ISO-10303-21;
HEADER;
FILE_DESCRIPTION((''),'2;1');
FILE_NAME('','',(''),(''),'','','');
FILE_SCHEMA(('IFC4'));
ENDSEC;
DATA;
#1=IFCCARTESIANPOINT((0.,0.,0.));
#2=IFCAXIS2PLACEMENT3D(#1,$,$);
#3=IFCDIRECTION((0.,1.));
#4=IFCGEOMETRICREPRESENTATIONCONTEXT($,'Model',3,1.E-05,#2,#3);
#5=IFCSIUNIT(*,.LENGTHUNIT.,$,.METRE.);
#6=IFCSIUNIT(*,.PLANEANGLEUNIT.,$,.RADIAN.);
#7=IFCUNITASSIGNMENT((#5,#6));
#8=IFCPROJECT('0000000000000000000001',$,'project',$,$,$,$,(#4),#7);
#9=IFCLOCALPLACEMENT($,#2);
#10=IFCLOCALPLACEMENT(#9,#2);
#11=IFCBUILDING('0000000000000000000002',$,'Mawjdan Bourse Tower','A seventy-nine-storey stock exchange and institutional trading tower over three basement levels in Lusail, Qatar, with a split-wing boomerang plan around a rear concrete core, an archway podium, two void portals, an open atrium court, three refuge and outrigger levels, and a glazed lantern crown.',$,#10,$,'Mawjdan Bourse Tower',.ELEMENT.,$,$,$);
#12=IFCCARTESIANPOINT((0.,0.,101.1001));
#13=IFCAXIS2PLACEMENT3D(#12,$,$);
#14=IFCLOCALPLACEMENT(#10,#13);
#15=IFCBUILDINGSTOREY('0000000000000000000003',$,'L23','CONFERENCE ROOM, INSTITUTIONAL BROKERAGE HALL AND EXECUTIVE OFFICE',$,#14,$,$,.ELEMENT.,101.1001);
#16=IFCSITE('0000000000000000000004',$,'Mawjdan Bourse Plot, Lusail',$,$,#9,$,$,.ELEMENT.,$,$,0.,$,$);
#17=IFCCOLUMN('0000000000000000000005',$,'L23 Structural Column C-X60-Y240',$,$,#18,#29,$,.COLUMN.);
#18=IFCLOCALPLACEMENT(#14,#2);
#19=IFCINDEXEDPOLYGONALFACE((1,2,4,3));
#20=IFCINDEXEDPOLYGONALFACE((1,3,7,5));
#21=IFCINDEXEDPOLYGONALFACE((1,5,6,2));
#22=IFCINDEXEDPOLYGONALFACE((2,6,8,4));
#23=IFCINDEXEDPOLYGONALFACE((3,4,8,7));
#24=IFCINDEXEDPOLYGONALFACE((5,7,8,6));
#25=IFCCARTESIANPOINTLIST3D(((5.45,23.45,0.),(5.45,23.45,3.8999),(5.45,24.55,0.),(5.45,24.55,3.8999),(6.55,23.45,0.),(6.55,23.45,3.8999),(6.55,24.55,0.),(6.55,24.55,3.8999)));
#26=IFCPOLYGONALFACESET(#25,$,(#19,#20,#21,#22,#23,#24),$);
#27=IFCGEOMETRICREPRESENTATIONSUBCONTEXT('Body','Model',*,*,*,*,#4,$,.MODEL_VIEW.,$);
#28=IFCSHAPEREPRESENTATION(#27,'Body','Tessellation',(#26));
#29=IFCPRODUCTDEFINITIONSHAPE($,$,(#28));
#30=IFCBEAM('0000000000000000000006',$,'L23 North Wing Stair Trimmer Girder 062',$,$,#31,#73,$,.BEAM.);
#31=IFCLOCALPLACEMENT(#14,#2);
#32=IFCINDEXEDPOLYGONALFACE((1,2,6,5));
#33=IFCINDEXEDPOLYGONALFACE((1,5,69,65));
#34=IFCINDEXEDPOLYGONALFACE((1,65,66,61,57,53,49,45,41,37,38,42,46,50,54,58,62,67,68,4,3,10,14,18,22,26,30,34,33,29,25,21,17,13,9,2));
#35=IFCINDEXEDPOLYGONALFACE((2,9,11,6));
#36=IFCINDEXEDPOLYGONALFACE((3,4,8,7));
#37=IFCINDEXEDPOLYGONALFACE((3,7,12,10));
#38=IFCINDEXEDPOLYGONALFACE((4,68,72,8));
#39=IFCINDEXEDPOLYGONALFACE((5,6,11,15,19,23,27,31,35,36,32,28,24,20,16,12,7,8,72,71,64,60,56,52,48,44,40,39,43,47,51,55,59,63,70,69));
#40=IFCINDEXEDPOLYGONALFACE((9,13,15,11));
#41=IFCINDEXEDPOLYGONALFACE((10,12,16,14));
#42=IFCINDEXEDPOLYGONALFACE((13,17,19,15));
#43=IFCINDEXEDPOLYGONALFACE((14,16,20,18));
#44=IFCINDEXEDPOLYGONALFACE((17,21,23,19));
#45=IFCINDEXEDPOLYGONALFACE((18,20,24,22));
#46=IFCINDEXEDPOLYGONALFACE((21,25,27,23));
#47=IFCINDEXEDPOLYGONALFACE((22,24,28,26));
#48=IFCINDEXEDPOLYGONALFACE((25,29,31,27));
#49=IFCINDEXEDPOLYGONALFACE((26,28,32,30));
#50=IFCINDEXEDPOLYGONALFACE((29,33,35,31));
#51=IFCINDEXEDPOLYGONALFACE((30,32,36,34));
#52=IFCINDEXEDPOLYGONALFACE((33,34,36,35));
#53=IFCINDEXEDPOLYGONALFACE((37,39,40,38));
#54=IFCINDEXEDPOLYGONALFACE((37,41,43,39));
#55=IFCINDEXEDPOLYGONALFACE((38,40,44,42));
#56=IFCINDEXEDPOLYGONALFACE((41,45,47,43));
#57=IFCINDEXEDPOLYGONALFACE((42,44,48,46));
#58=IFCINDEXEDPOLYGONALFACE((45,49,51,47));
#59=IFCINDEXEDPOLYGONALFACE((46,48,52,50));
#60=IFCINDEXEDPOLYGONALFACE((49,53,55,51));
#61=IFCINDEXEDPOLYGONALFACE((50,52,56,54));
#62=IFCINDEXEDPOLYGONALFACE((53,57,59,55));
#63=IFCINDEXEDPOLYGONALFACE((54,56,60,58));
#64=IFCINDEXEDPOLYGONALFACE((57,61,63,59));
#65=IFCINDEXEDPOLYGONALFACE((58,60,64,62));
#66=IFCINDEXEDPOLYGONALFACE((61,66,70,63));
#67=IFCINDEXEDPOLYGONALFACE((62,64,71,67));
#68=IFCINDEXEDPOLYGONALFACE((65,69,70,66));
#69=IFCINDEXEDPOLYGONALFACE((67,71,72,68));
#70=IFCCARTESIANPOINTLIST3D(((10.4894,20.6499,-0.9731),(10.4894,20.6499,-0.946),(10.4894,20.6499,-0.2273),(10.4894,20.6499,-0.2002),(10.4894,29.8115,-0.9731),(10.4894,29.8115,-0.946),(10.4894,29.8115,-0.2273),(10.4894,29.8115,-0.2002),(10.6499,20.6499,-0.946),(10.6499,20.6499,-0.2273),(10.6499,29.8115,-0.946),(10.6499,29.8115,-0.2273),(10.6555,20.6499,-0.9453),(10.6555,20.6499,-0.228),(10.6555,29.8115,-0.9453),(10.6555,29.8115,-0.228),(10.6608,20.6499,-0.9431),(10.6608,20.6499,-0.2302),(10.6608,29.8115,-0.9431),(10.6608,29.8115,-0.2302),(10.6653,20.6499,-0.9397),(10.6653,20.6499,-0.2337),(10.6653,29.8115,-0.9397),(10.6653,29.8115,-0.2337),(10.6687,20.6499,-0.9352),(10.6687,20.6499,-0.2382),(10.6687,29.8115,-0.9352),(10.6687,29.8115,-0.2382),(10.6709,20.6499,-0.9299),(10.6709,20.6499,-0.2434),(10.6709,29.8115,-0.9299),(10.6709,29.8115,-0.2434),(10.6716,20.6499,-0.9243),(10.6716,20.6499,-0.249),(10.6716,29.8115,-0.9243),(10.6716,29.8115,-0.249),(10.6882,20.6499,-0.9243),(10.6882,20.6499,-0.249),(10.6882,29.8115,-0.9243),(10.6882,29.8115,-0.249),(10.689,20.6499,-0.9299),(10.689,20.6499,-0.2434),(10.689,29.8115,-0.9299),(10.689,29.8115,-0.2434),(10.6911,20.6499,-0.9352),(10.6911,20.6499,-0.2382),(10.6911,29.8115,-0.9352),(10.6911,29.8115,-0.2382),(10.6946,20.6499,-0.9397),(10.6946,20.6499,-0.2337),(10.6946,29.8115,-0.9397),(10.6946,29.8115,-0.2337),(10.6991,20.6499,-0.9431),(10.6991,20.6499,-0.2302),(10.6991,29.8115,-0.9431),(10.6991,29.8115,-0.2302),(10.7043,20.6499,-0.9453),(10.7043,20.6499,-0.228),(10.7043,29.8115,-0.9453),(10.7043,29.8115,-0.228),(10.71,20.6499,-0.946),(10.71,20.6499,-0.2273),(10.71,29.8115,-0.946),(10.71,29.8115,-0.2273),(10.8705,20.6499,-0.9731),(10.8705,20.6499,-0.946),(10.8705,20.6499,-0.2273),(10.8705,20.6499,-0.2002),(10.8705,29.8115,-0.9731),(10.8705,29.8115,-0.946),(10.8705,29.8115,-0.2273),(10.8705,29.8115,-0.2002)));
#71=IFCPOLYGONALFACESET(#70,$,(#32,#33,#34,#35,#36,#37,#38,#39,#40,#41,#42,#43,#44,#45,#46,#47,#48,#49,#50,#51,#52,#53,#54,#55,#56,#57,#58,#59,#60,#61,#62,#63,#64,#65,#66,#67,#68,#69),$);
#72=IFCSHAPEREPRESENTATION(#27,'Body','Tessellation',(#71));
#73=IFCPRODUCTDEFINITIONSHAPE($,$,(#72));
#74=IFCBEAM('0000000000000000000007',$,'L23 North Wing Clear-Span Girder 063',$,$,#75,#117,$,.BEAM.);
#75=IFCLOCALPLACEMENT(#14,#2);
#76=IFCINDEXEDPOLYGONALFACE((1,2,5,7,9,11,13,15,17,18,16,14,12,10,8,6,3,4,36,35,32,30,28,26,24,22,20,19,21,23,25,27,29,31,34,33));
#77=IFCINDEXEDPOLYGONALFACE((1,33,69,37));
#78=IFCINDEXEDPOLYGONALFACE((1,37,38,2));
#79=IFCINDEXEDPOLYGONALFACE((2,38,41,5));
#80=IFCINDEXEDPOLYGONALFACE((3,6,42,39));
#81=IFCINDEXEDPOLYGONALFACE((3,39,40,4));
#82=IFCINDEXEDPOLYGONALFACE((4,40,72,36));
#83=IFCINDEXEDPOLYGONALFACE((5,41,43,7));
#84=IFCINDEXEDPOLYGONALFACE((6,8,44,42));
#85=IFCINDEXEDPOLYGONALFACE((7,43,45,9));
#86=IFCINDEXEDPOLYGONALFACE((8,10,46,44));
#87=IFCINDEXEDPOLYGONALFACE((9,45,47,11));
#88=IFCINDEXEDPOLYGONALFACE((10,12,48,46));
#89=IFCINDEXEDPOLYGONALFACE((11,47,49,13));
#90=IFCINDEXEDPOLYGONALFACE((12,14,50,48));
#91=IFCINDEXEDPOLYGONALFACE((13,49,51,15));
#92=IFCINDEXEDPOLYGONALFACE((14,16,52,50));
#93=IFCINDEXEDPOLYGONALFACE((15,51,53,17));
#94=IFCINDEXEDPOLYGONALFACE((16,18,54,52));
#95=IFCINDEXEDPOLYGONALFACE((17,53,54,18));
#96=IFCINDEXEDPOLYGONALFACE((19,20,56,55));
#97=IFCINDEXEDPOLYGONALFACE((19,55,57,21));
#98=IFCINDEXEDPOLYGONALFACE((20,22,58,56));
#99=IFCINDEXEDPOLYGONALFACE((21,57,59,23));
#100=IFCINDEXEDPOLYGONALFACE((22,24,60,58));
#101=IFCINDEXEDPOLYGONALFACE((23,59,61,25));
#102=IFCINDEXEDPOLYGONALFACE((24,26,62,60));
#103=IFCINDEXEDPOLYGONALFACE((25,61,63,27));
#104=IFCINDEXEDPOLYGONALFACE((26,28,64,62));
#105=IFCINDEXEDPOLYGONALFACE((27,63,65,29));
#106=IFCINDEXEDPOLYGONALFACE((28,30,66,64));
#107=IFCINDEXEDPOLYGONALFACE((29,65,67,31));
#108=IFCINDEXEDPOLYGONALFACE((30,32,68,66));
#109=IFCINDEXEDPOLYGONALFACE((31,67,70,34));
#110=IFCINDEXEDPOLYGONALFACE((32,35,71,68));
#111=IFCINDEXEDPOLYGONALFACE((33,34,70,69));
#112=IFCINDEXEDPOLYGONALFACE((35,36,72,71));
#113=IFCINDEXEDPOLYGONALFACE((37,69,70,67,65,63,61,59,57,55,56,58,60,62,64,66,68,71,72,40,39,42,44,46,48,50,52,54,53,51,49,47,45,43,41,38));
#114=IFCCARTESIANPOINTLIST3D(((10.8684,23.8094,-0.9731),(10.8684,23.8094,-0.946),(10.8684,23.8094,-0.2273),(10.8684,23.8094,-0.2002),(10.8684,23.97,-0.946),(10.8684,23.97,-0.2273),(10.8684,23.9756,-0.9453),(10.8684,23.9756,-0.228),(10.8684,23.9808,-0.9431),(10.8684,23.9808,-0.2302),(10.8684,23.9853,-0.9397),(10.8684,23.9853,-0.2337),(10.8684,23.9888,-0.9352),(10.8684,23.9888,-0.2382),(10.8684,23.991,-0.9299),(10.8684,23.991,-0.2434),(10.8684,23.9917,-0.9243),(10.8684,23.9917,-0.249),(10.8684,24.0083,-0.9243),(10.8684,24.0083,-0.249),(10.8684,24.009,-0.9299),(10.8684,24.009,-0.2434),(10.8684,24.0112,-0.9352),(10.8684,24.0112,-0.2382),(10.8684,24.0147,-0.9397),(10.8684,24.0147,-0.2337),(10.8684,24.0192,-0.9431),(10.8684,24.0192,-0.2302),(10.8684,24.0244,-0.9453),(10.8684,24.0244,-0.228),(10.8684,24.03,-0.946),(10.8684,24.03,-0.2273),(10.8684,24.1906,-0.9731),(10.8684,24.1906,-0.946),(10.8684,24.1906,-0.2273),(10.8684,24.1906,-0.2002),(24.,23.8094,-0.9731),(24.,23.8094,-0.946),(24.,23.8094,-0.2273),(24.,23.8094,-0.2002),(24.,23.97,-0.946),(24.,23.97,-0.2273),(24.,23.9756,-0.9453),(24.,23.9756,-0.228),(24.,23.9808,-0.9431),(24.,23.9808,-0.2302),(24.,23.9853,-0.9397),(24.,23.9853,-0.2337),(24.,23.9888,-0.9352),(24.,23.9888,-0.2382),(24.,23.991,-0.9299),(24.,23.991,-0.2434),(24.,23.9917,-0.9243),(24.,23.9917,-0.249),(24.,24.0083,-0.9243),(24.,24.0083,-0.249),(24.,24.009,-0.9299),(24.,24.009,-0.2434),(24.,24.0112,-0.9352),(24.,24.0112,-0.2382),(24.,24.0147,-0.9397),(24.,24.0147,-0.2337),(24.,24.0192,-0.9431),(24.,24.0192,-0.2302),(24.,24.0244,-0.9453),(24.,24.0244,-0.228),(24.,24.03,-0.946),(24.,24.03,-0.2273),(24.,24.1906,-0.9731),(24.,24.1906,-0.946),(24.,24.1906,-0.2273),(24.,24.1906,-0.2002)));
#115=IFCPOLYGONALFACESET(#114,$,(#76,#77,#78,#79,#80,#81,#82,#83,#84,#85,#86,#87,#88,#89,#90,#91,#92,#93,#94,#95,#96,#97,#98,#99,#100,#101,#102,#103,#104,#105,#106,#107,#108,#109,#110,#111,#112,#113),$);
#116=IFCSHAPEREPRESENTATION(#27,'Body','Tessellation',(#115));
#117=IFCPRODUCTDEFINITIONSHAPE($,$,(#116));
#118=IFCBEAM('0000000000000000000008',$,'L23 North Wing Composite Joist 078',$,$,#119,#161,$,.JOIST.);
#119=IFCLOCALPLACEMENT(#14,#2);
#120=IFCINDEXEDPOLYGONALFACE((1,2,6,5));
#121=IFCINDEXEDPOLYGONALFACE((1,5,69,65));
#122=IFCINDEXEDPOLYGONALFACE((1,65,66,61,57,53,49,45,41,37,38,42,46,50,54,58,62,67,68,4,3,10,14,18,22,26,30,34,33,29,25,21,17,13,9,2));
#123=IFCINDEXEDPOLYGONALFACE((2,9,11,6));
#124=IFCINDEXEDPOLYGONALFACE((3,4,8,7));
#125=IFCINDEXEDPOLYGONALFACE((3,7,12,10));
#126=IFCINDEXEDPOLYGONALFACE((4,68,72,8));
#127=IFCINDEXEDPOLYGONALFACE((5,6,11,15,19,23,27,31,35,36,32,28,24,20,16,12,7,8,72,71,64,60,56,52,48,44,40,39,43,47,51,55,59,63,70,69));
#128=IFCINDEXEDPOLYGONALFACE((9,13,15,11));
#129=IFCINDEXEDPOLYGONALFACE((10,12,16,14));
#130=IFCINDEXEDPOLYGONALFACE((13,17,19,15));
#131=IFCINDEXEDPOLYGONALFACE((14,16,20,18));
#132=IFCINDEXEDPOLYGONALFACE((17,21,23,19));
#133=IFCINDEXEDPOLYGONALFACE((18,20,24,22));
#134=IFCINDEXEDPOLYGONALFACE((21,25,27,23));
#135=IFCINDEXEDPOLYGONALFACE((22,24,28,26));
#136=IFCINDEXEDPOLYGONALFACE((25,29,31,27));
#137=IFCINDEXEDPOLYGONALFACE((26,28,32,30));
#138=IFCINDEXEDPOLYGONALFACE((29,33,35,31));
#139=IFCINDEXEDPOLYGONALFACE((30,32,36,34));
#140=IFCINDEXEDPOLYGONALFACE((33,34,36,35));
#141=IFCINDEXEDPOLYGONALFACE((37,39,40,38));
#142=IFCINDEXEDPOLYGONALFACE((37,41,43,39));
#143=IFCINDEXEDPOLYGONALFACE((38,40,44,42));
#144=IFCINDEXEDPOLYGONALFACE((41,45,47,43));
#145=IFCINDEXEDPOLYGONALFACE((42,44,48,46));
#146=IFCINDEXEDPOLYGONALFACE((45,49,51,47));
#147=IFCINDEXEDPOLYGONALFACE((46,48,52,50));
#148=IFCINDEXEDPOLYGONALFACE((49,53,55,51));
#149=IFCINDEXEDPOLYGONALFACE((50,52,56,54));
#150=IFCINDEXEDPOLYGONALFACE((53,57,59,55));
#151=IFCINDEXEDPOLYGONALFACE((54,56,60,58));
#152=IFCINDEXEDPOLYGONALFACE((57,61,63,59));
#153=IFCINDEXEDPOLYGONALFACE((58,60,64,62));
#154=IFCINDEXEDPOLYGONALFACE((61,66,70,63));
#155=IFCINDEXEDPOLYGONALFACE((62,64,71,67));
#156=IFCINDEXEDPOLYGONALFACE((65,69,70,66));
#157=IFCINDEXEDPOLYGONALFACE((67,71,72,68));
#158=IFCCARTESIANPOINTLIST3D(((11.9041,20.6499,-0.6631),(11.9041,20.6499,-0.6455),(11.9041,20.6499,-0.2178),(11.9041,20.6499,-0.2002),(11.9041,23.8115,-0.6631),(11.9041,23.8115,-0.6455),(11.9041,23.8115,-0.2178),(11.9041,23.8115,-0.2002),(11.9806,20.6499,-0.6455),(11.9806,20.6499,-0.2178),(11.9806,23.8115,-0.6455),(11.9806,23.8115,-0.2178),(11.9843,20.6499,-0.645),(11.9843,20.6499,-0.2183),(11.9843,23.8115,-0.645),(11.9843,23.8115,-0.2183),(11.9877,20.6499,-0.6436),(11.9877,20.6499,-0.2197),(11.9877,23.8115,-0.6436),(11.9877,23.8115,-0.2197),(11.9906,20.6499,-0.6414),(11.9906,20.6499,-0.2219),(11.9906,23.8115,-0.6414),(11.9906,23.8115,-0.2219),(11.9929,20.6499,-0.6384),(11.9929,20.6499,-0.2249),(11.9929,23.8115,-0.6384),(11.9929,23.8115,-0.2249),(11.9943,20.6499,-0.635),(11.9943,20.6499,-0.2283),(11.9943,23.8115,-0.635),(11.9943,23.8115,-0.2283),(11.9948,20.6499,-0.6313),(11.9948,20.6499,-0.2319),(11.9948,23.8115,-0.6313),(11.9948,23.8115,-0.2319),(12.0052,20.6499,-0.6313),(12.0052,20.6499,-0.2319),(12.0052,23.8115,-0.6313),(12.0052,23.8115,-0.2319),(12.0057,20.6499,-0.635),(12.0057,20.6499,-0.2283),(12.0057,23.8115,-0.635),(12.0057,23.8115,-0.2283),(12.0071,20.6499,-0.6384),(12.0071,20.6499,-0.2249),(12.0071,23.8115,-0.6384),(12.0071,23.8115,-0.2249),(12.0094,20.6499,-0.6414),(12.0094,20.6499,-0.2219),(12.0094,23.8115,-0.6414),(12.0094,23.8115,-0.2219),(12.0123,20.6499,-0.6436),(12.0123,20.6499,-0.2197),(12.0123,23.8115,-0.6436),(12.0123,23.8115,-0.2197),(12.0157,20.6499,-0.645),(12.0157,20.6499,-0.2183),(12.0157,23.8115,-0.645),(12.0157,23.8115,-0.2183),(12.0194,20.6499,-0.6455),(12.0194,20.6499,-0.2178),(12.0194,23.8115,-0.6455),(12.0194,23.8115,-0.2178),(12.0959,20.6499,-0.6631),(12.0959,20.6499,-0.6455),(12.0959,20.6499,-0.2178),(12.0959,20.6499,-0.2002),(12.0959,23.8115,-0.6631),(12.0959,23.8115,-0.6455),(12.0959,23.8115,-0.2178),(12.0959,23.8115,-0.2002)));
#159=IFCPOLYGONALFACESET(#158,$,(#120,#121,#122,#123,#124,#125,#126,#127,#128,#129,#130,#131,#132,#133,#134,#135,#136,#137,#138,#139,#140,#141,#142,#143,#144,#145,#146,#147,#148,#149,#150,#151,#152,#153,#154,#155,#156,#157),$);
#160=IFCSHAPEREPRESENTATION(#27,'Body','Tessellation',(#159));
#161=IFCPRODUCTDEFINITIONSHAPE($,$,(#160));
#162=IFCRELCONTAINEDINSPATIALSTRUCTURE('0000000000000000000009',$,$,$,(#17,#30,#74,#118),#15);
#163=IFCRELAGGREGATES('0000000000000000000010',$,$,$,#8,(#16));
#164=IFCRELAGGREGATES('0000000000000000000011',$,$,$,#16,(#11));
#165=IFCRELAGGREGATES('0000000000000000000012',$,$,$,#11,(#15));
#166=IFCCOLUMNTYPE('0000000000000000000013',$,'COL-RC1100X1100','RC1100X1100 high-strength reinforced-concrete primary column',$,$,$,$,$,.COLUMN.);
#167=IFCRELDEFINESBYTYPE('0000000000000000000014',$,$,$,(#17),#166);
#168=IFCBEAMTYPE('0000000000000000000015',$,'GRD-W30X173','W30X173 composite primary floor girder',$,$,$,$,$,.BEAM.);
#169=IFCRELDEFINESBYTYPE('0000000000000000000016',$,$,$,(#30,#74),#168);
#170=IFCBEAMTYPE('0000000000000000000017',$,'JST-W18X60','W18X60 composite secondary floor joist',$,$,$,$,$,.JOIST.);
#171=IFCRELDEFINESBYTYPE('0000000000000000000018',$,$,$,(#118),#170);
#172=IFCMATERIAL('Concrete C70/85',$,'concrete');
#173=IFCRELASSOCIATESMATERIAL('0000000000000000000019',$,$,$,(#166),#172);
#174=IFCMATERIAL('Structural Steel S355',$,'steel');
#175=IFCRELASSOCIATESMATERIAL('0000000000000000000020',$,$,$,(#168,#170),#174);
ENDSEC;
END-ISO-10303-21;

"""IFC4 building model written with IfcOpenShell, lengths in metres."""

from ifc_helpers import new_model, si_unit, direction, frame, origin, origin_2d, place, context, subcontext, project, spatial, rectangle, i_section, extrude, material, material_profile, profile_set, type_object, element, save


model = new_model("IFC4")

# Units and contexts
model_context = context("Model", 3, precision=1e-05, world=origin(), true_north=direction((0.0, 1.0)))
body_context = subcontext(model_context, "Body", "Model", "MODEL_VIEW")
ifc_project = project(units=[si_unit("LENGTHUNIT", "METRE"), si_unit("PLANEANGLEUNIT", "RADIAN")], contexts=[model_context])

# Site, building, storey
site_placement = place(None, origin())
site = spatial("IfcSite", under=ifc_project, at=site_placement, Name="Mawjdan Bourse Plot, Lusail", CompositionType="ELEMENT", RefElevation=0.0)
building_placement = place(site_placement, origin())
building = spatial("IfcBuilding", under=site, at=building_placement, Name="Mawjdan Bourse Tower", Description="A seventy-nine-storey stock exchange and institutional trading tower over three basement levels in Lusail, Qatar, with a split-wing boomerang plan around a rear concrete core, an archway podium, two void portals, an open atrium court, three refuge and outrigger levels, and a glazed lantern crown.", LongName="Mawjdan Bourse Tower", CompositionType="ELEMENT")
storey_placement = place(building_placement, frame((0.0, 0.0, 101.1001)))
storey = spatial("IfcBuildingStorey", under=building, at=storey_placement, Name="L23", Description="CONFERENCE ROOM, INSTITUTIONAL BROKERAGE HALL AND EXECUTIVE OFFICE", CompositionType="ELEMENT", Elevation=101.1001)

# Column
ifc_material_1 = material(Name="Concrete C70/85", Category="concrete")
ifc_material_profile_1 = material_profile(ifc_material_1, rectangle(XDim=1.1001, YDim=1.1001, at=origin_2d()), Name="RC1100X1100")
ifc_profile_set_1 = profile_set([ifc_material_profile_1], Name="Concrete C70/85")
column_type = type_object("IfcColumnType", Name="COL-RC1100X1100", Description="RC1100X1100 high-strength reinforced-concrete primary column", PredefinedType="COLUMN", material=ifc_profile_set_1)
column_placement = place(storey_placement, frame((6.0, 24.0, 0.0), z_axis=(0.0, 0.0, 1.0), x_axis=(1.0, 0.0, 0.0)))
element("IfcColumn", 1, at=column_placement, inside=storey, type_object=column_type, Name="L23 Structural Column C-X60-Y240", PredefinedType="COLUMN", context=body_context, shape_type="SweptSolid", body=[
    extrude(rectangle(XDim=1.1001, YDim=1.1001, at=origin_2d()), origin(), (0.0, 0.0, 1.0), 3.8999),
])

# Beams
ifc_material_2 = material(Name="Structural Steel S355", Category="steel")
ifc_material_profile_2 = material_profile(ifc_material_2, i_section(OverallWidth=0.3811, OverallDepth=0.7729, WebThickness=0.0166, FlangeThickness=0.0271, FilletRadius=0.0217, at=origin_2d()), Name="W30X173")
ifc_profile_set_2 = profile_set([ifc_material_profile_2], Name="Structural Steel S355")
beam_type_1 = type_object("IfcBeamType", Name="GRD-W30X173", Description="W30X173 composite primary floor girder", PredefinedType="BEAM", material=ifc_profile_set_2)
beam_1_placement = place(storey_placement, frame((10.6799, 20.6499, -0.5867), z_axis=(0.0, 1.0, 0.0), x_axis=(-1.0, 0.0, 0.0)))
element("IfcBeam", 2, at=beam_1_placement, inside=storey, type_object=beam_type_1, Name="L23 North Wing Stair Trimmer Girder 062", PredefinedType="BEAM", context=body_context, shape_type="SweptSolid", body=[
    extrude(i_section(OverallWidth=0.3811, OverallDepth=0.7729, WebThickness=0.0166, FlangeThickness=0.0271, FilletRadius=0.0217, at=origin_2d()), origin(), (0.0, 0.0, 1.0), 9.1616),
])
beam_2_placement = place(storey_placement, frame((10.8684, 24.0, -0.5867), z_axis=(1.0, 0.0, 0.0), x_axis=(0.0, 1.0, 0.0)))
element("IfcBeam", 3, at=beam_2_placement, inside=storey, type_object=beam_type_1, Name="L23 North Wing Clear-Span Girder 063", PredefinedType="BEAM", context=body_context, shape_type="SweptSolid", body=[
    extrude(i_section(OverallWidth=0.3811, OverallDepth=0.7729, WebThickness=0.0166, FlangeThickness=0.0271, FilletRadius=0.0217, at=origin_2d()), origin(), (0.0, 0.0, 1.0), 13.1316),
])
ifc_material_profile_3 = material_profile(ifc_material_2, i_section(OverallWidth=0.1919, OverallDepth=0.4629, WebThickness=0.0105, FlangeThickness=0.0176, FilletRadius=0.0142, at=origin_2d()), Name="W18X60")
ifc_profile_set_3 = profile_set([ifc_material_profile_3], Name="Structural Steel S355")
beam_type_2 = type_object("IfcBeamType", Name="JST-W18X60", Description="W18X60 composite secondary floor joist", PredefinedType="JOIST", material=ifc_profile_set_3)
beam_3_placement = place(storey_placement, frame((12.0, 20.6499, -0.4316), z_axis=(0.0, 1.0, 0.0), x_axis=(-1.0, 0.0, 0.0)))
element("IfcBeam", 4, at=beam_3_placement, inside=storey, type_object=beam_type_2, Name="L23 North Wing Composite Joist 078", PredefinedType="JOIST", context=body_context, shape_type="SweptSolid", body=[
    extrude(i_section(OverallWidth=0.1919, OverallDepth=0.4629, WebThickness=0.0105, FlangeThickness=0.0176, FilletRadius=0.0142, at=origin_2d()), origin(), (0.0, 0.0, 1.0), 3.1616),
])

save(model, "model.ifc")
